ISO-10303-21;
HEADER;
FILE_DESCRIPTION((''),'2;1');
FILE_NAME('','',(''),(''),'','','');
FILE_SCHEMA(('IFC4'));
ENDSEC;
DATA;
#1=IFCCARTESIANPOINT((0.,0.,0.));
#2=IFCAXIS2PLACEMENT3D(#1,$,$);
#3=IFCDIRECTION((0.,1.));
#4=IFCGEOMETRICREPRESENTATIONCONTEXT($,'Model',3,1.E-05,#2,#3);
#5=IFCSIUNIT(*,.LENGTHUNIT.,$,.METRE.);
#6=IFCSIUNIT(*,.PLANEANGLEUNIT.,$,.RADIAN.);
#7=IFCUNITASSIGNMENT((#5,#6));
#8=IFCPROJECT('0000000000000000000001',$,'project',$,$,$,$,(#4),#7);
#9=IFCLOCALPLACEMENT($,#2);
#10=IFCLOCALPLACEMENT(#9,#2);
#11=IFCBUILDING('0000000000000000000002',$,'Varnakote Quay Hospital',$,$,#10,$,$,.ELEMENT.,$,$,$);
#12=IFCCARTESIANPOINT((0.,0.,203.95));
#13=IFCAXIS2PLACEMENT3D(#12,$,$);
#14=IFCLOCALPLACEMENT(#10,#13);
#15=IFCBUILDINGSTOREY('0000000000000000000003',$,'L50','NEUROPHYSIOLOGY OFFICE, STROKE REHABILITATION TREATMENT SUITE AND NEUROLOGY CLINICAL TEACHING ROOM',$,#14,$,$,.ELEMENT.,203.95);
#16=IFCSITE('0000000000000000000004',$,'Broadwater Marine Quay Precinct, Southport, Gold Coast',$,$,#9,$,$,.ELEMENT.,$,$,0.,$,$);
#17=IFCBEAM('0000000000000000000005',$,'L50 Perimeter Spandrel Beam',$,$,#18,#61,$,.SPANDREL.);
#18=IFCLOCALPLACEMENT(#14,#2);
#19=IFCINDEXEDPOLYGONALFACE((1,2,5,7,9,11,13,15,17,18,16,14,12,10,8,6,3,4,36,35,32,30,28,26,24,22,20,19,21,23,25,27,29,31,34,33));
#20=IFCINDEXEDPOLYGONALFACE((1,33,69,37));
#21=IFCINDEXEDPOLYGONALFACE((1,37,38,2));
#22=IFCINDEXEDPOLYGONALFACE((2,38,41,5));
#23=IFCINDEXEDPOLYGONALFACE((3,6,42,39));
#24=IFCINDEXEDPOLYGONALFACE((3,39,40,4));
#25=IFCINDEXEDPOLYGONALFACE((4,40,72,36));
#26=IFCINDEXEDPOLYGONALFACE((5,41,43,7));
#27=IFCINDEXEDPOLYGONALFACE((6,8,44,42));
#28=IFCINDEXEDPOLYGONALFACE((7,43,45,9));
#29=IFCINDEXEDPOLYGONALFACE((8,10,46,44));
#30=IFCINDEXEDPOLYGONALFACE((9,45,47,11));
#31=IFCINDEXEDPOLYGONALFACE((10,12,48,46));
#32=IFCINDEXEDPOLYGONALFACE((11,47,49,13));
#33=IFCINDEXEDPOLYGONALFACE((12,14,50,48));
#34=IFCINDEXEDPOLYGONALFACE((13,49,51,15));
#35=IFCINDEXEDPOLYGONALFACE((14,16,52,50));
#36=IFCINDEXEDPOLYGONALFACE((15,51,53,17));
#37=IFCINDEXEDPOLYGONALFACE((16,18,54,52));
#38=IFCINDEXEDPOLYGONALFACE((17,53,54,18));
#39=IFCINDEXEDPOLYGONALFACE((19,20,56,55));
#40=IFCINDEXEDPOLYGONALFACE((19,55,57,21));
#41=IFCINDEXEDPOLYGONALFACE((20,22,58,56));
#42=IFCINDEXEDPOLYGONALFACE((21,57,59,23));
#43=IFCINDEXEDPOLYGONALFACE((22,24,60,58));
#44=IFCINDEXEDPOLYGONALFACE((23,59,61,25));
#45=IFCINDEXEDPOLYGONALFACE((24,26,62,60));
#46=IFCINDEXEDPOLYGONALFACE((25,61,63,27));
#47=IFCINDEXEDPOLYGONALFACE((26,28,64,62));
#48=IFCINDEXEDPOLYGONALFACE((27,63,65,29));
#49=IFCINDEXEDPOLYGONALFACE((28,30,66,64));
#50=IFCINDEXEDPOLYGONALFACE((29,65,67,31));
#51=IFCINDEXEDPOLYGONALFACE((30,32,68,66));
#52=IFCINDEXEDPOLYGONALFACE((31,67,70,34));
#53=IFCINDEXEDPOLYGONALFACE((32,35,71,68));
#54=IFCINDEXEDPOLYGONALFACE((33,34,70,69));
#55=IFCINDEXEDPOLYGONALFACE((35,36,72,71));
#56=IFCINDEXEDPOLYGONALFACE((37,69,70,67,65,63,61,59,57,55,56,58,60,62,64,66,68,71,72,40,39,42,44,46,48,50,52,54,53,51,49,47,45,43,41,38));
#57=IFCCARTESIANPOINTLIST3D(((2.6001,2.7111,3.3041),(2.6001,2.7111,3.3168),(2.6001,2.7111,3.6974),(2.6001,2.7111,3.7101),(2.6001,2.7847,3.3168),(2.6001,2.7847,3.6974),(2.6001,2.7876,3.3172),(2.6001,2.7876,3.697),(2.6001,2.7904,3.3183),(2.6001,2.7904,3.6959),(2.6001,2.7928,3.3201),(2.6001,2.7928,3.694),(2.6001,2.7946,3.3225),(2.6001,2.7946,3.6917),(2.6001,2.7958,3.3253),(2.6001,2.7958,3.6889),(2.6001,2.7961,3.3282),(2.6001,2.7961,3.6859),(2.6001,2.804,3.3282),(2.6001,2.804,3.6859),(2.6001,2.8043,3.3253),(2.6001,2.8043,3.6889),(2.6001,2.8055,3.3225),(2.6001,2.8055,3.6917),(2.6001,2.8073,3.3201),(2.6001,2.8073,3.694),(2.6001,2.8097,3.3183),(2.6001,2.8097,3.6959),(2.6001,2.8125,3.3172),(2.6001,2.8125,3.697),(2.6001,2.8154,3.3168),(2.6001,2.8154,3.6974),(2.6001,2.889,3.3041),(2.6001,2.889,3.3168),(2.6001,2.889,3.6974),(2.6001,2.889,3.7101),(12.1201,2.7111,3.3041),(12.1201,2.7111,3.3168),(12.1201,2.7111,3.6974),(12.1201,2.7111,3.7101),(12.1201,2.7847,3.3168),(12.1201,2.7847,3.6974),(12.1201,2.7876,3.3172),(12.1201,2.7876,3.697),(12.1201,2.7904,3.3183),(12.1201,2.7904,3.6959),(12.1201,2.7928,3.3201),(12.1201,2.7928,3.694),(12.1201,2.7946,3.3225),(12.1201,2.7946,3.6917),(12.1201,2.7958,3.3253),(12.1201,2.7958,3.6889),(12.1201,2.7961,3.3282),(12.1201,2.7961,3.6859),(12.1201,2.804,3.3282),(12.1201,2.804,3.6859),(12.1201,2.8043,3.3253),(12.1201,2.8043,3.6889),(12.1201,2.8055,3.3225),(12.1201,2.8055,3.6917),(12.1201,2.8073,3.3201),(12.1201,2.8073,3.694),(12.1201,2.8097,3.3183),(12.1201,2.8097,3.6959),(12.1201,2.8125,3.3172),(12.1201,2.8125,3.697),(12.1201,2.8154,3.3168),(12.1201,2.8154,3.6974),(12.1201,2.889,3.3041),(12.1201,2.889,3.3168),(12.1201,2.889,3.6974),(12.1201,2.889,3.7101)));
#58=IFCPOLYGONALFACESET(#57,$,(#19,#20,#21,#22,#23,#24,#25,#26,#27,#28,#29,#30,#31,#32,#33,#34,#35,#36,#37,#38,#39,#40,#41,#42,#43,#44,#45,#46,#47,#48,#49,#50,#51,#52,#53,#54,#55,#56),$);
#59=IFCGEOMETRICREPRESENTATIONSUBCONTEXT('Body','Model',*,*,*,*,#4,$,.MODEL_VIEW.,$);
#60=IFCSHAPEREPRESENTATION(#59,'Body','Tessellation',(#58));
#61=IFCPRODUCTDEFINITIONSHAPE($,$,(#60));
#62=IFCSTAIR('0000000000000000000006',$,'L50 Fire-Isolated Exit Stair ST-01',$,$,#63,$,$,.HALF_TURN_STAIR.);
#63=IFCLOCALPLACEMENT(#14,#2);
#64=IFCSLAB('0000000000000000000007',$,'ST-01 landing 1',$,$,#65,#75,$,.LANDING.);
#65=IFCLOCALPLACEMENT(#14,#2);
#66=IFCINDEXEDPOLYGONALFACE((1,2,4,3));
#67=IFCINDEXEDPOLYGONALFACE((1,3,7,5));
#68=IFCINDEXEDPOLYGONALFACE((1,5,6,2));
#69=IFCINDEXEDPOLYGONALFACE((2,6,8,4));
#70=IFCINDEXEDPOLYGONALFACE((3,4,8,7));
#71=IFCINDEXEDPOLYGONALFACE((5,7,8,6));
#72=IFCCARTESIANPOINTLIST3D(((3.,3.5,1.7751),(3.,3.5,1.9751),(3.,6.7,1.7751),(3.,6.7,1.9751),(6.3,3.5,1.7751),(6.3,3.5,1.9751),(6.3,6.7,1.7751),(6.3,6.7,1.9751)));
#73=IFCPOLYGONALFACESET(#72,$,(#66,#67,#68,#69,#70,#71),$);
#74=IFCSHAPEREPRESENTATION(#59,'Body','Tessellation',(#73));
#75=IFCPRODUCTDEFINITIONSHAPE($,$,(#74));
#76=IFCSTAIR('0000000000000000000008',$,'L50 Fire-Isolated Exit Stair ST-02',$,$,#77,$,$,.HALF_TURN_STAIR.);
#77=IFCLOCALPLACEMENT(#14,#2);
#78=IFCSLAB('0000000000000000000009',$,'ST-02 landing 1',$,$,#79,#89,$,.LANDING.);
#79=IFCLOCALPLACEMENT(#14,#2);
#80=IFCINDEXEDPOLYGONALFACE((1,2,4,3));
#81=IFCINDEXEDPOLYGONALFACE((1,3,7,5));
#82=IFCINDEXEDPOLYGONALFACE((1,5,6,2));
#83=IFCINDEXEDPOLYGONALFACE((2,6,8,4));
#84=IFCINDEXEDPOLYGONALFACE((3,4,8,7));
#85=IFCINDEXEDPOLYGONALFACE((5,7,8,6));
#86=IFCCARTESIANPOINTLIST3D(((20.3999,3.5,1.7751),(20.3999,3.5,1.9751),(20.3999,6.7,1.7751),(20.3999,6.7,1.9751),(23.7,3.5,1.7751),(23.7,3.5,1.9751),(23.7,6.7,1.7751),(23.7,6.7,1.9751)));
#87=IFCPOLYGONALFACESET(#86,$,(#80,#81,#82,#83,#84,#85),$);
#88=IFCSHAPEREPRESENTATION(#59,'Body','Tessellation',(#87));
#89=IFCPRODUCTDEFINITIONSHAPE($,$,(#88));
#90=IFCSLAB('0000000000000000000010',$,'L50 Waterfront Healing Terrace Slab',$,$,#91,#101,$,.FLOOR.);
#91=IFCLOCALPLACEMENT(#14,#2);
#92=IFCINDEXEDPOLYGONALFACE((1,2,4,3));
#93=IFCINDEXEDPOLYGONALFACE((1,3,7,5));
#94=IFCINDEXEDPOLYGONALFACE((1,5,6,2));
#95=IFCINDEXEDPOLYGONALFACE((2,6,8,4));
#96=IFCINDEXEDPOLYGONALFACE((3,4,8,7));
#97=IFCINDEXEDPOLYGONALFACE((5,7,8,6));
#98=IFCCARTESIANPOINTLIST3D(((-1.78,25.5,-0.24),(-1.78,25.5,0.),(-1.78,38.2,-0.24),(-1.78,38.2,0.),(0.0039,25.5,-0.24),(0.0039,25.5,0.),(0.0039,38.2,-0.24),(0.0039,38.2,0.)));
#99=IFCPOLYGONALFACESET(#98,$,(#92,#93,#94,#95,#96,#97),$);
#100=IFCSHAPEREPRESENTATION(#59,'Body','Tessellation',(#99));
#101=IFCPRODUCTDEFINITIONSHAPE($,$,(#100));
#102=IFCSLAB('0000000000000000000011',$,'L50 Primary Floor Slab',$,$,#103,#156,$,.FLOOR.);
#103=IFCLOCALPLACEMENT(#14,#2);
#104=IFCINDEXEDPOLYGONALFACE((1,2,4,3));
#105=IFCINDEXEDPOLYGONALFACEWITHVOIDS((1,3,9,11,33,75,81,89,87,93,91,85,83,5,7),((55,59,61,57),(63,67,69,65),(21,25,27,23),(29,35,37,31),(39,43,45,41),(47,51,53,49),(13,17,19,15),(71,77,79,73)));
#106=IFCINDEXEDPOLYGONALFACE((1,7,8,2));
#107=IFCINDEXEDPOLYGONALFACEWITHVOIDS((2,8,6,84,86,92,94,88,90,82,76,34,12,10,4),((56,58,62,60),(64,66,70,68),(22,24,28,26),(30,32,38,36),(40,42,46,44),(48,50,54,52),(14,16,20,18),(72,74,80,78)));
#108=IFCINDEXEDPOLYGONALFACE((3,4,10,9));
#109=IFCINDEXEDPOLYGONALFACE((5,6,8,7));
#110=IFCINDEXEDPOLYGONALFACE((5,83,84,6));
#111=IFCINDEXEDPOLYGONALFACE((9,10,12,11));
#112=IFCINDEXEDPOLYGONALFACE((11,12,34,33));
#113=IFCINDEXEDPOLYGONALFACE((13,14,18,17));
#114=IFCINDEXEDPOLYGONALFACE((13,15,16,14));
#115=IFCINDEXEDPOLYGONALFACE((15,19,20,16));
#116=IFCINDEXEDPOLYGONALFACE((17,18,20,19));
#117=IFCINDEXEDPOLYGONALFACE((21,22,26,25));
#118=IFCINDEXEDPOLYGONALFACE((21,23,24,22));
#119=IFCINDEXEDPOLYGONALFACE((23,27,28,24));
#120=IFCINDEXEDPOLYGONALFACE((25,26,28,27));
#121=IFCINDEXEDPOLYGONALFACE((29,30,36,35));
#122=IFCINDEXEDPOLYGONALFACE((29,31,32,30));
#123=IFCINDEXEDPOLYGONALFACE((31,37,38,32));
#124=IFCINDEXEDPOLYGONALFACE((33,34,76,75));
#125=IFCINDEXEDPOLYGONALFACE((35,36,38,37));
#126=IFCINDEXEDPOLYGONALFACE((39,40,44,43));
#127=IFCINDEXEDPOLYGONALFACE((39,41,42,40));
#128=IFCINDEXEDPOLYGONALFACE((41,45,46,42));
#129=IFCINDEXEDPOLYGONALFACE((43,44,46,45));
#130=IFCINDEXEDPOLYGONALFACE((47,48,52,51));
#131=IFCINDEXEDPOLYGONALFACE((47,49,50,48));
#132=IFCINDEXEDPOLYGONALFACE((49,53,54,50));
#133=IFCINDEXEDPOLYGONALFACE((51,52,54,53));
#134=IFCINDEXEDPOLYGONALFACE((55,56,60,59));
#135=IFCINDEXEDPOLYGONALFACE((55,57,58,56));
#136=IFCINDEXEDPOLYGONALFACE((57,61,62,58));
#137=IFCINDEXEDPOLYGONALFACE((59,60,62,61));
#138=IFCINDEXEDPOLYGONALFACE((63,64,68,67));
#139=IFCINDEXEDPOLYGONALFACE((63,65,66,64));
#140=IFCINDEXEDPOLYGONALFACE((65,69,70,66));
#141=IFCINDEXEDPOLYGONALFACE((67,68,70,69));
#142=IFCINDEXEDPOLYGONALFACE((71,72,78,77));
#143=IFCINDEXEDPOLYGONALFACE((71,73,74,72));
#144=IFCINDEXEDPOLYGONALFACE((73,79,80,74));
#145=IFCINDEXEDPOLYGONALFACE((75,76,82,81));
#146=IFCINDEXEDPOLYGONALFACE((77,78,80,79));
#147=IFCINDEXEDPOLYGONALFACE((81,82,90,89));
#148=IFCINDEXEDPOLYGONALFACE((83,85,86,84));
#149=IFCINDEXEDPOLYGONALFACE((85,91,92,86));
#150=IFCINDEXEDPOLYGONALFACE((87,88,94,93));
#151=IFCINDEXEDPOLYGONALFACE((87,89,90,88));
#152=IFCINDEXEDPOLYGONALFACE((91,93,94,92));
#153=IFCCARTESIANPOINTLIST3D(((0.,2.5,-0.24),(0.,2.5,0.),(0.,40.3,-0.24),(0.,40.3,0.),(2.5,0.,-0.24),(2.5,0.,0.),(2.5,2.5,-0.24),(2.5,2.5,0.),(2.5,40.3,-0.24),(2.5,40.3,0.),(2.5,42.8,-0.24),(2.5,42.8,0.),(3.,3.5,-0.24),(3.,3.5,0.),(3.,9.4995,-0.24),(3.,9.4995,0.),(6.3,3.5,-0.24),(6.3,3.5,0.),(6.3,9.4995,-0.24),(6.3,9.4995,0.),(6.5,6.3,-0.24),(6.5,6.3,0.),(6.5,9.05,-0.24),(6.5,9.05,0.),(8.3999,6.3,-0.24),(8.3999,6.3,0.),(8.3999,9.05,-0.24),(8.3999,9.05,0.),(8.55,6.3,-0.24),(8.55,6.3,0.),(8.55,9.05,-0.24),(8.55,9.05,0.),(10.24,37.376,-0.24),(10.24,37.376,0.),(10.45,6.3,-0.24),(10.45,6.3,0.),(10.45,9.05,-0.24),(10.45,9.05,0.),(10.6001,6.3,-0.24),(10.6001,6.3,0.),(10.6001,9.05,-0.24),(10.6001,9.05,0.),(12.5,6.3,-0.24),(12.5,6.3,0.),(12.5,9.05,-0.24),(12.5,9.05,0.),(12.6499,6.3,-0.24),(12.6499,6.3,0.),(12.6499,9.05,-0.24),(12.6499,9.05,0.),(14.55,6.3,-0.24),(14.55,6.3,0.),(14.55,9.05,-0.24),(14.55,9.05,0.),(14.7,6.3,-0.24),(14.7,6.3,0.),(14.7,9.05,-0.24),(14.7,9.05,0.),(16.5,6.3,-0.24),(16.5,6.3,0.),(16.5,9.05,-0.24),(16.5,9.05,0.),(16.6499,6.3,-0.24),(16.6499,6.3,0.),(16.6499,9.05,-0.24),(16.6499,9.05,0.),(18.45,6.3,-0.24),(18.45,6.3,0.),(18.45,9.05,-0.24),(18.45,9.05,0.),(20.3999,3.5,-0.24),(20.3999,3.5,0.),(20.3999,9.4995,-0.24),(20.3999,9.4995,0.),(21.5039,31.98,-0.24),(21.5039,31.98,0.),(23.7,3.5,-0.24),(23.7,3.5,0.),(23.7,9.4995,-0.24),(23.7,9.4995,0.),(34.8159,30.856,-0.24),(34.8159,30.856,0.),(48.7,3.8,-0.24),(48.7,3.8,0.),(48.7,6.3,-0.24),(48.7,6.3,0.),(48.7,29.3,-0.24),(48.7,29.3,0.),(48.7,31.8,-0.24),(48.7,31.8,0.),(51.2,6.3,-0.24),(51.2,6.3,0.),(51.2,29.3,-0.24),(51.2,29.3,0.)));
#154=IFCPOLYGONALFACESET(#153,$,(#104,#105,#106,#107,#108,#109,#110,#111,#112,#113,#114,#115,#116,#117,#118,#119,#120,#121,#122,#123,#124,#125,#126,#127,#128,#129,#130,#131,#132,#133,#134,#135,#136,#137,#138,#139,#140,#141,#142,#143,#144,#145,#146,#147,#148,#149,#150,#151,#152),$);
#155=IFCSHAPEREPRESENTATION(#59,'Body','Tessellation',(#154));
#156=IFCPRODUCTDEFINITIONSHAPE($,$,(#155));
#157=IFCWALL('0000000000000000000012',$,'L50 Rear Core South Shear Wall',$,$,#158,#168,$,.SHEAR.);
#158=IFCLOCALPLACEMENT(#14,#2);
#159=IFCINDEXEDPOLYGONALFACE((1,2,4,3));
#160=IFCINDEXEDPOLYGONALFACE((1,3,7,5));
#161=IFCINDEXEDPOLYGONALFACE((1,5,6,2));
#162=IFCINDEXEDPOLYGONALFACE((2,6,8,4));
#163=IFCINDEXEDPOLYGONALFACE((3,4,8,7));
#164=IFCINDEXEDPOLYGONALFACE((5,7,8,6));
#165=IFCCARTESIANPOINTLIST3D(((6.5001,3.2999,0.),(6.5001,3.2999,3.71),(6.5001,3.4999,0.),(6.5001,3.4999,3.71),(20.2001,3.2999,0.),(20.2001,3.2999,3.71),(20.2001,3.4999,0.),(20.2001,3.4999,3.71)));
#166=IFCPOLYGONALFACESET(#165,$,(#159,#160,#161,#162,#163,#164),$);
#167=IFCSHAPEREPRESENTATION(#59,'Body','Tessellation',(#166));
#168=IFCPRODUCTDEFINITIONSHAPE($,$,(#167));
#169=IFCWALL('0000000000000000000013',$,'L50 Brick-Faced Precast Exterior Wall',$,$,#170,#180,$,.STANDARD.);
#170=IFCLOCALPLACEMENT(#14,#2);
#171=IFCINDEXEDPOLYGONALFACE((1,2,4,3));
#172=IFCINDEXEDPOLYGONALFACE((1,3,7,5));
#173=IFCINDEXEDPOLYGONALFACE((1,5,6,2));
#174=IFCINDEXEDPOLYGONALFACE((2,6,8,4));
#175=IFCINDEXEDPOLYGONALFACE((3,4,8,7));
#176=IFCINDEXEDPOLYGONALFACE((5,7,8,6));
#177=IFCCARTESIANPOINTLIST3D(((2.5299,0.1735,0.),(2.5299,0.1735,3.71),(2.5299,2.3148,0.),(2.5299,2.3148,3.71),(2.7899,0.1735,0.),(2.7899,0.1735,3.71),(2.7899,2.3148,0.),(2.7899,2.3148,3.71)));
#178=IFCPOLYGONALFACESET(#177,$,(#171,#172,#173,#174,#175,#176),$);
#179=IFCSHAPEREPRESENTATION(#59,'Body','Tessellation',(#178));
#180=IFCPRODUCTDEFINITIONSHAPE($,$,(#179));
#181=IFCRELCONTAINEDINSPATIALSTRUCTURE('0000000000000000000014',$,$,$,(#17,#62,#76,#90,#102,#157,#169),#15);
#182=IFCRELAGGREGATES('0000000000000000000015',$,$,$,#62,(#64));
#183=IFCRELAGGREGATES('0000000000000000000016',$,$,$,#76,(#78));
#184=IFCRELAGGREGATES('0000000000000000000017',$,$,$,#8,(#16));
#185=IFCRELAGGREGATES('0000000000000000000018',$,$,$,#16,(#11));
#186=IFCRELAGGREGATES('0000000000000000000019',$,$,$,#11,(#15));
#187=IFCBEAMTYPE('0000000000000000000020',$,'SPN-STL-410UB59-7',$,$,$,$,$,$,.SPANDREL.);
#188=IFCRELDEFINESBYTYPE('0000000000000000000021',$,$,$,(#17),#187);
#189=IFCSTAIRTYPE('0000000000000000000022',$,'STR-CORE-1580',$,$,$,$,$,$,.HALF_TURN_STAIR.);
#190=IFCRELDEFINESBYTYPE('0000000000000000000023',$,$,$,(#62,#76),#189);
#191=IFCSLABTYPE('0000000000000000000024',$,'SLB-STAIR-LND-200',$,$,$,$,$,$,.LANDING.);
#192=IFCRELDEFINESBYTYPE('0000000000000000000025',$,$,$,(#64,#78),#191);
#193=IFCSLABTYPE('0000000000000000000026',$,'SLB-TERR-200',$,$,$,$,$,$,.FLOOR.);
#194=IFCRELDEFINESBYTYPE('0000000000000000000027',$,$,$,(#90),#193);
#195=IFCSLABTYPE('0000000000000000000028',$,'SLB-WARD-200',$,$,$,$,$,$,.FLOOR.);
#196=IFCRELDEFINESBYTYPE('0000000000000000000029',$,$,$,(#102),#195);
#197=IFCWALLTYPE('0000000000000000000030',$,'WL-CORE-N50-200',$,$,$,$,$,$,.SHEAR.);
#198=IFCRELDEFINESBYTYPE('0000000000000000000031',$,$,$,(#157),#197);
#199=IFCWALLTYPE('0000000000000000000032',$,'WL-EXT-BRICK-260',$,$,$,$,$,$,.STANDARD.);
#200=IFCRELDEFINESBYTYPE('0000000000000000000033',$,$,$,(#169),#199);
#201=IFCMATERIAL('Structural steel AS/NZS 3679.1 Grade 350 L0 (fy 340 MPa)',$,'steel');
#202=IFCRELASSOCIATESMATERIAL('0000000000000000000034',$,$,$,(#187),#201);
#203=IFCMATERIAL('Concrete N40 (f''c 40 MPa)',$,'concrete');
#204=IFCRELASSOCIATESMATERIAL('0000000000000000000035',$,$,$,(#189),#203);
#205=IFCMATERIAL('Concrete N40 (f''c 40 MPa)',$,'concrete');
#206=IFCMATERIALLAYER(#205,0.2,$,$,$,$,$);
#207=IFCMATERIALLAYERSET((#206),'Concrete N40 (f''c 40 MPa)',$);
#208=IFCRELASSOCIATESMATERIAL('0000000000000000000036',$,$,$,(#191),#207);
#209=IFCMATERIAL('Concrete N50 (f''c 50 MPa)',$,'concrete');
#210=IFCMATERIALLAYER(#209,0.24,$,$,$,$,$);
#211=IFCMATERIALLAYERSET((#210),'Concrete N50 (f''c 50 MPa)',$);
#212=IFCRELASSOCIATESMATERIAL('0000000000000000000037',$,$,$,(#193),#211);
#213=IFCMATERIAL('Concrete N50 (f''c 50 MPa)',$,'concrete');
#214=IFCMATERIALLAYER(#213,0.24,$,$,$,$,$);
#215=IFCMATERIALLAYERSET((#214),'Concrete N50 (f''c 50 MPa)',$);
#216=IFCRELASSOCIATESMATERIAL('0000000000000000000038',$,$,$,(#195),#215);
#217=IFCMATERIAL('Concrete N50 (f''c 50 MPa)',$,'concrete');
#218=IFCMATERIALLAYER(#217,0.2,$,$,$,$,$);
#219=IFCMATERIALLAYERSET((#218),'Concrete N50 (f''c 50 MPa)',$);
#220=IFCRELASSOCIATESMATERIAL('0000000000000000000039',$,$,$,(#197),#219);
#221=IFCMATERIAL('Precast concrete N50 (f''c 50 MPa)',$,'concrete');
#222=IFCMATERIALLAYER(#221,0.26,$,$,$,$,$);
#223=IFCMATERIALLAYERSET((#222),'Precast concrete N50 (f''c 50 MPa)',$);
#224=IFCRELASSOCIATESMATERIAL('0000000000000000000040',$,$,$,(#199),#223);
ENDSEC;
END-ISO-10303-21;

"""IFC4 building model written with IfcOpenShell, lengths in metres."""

from ifc_helpers import new_model, si_unit, direction, frame, frame_2d, origin, origin_2d, place, context, subcontext, project, spatial, polyline, rectangle, i_section, outline, extrude, material, layer, layer_set, material_profile, profile_set, type_object, element, aggregate, save


model = new_model("IFC4")

# Units and contexts
model_context = context("Model", 3, precision=1e-05, world=origin(), true_north=direction((0.0, 1.0)))
body_context = subcontext(model_context, "Body", "Model", "MODEL_VIEW")
ifc_project = project(units=[si_unit("LENGTHUNIT", "METRE"), si_unit("PLANEANGLEUNIT", "RADIAN")], contexts=[model_context])

# Site, building, storey
site_placement = place(None, origin())
site = spatial("IfcSite", under=ifc_project, at=site_placement, Name="Broadwater Marine Quay Precinct, Southport, Gold Coast", CompositionType="ELEMENT", RefElevation=0.0)
building_placement = place(site_placement, origin())
building = spatial("IfcBuilding", under=site, at=building_placement, Name="Varnakote Quay Hospital", CompositionType="ELEMENT")
storey_placement = place(building_placement, frame((0.0, 0.0, 203.95)))
storey = spatial("IfcBuildingStorey", under=building, at=storey_placement, Name="L50", Description="NEUROPHYSIOLOGY OFFICE, STROKE REHABILITATION TREATMENT SUITE AND NEUROLOGY CLINICAL TEACHING ROOM", CompositionType="ELEMENT", Elevation=203.95)

# Beam
ifc_material_1 = material(Name="Structural steel AS/NZS 3679.1 Grade 350 L0 (fy 340 MPa)", Category="steel")
ifc_material_profile_1 = material_profile(ifc_material_1, i_section(OverallWidth=0.178, OverallDepth=0.406, WebThickness=0.0078, FlangeThickness=0.0127, FilletRadius=0.0115, at=origin_2d()), Name="410UB59.7")
ifc_profile_set_1 = profile_set([ifc_material_profile_1], Name="Structural steel AS/NZS 3679.1 Grade 350 L0 (fy 340 MPa)")
beam_type_1 = type_object("IfcBeamType", Name="SPN-STL-410UB59-7", PredefinedType="SPANDREL", material=ifc_profile_set_1)
beam_1_placement = place(storey_placement, frame((2.6001, 2.8, 3.5071), z_axis=(1.0, 0.0, 0.0), x_axis=(0.0, 1.0, 0.0)))
element("IfcBeam", 1, at=beam_1_placement, inside=storey, type_object=beam_type_1, Name="L50 Perimeter Spandrel Beam", PredefinedType="SPANDREL", context=body_context, shape_type="SweptSolid", body=[
    extrude(i_section(OverallWidth=0.178, OverallDepth=0.406, WebThickness=0.0078, FlangeThickness=0.0127, FilletRadius=0.0115, at=origin_2d()), origin(), (0.0, 0.0, 1.0), 9.52),
])

# Stairs, slabs
ifc_material_2 = material(Name="Concrete N40 (f'c 40 MPa)", Category="concrete")
stair_type = type_object("IfcStairType", Name="STR-CORE-1580", PredefinedType="HALF_TURN_STAIR", material=ifc_material_2)
stair_1_placement = place(storey_placement, origin())
stair_1 = element("IfcStair", 2, at=stair_1_placement, inside=storey, type_object=stair_type, Name="L50 Fire-Isolated Exit Stair ST-01", PredefinedType="HALF_TURN_STAIR")
ifc_material_3 = material(Name="Concrete N40 (f'c 40 MPa)", Category="concrete")
ifc_layer_1 = layer(ifc_material_3, 0.2)
ifc_layer_set_1 = layer_set([ifc_layer_1], Name="Concrete N40 (f'c 40 MPa)")
slab_type_1 = type_object("IfcSlabType", Name="SLB-STAIR-LND-200", PredefinedType="LANDING", material=ifc_layer_set_1)
slab_1_placement = place(storey_placement, frame((0.0, 0.0, 1.7751)))
slab_1 = element("IfcSlab", 3, at=slab_1_placement, type_object=slab_type_1, Name="ST-01 landing 1", PredefinedType="LANDING", context=body_context, shape_type="SweptSolid", body=[
    extrude(outline(polyline([(3.0, 6.7), (3.0, 3.5), (6.3, 3.5), (6.3, 6.7), (3.0, 6.7)])), origin(), (0.0, 0.0, 1.0), 0.2),
])
aggregate(stair_1, [slab_1])
stair_2_placement = place(storey_placement, origin())
stair_2 = element("IfcStair", 4, at=stair_2_placement, inside=storey, type_object=stair_type, Name="L50 Fire-Isolated Exit Stair ST-02", PredefinedType="HALF_TURN_STAIR")
slab_2_placement = place(storey_placement, frame((0.0, 0.0, 1.7751)))
slab_2 = element("IfcSlab", 5, at=slab_2_placement, type_object=slab_type_1, Name="ST-02 landing 1", PredefinedType="LANDING", context=body_context, shape_type="SweptSolid", body=[
    extrude(outline(polyline([(20.3999, 6.7), (20.3999, 3.5), (23.7, 3.5), (23.7, 6.7), (20.3999, 6.7)])), origin(), (0.0, 0.0, 1.0), 0.2),
])
aggregate(stair_2, [slab_2])

# Slabs
ifc_material_4 = material(Name="Concrete N50 (f'c 50 MPa)", Category="concrete")
ifc_layer_2 = layer(ifc_material_4, 0.24)
ifc_layer_set_2 = layer_set([ifc_layer_2], Name="Concrete N50 (f'c 50 MPa)")
slab_type_2 = type_object("IfcSlabType", Name="SLB-TERR-200", PredefinedType="FLOOR", material=ifc_layer_set_2)
slab_3_placement = place(storey_placement, frame((0.0, 0.0, -0.24)))
element("IfcSlab", 6, at=slab_3_placement, inside=storey, type_object=slab_type_2, Name="L50 Waterfront Healing Terrace Slab", PredefinedType="FLOOR", context=body_context, shape_type="SweptSolid", body=[
    extrude(outline(polyline([(0.0039, 25.5), (0.0039, 38.2), (-1.78, 38.2), (-1.78, 25.5), (0.0039, 25.5)])), origin(), (0.0, 0.0, 1.0), 0.24),
])
ifc_material_5 = material(Name="Concrete N50 (f'c 50 MPa)", Category="concrete")
ifc_layer_3 = layer(ifc_material_5, 0.24)
ifc_layer_set_3 = layer_set([ifc_layer_3], Name="Concrete N50 (f'c 50 MPa)")
slab_type_3 = type_object("IfcSlabType", Name="SLB-WARD-200", PredefinedType="FLOOR", material=ifc_layer_set_3)
slab_4_placement = place(storey_placement, frame((0.0, 0.0, -0.24)))
element("IfcSlab", 7, at=slab_4_placement, inside=storey, type_object=slab_type_3, Name="L50 Primary Floor Slab", PredefinedType="FLOOR", context=body_context, shape_type="SweptSolid", body=[
    extrude(outline(polyline([(0.0, 2.5), (2.5, 2.5), (2.5, 0.0), (48.7, 3.8), (48.7, 6.3), (51.2, 6.3), (51.2, 29.3), (48.7, 29.3), (48.7, 31.8), (34.8159, 30.856), (21.5039, 31.98), (10.24, 37.376), (2.5, 42.8), (2.5, 40.3), (0.0, 40.3), (0.0, 2.5)]), holes=[polyline([(3.0, 3.5), (6.3, 3.5), (6.3, 9.4995), (3.0, 9.4995), (3.0, 3.5)]), polyline([(20.3999, 3.5), (23.7, 3.5), (23.7, 9.4995), (20.3999, 9.4995), (20.3999, 3.5)]), polyline([(6.5, 6.3), (8.3999, 6.3), (8.3999, 9.05), (6.5, 9.05), (6.5, 6.3)]), polyline([(8.55, 6.3), (10.45, 6.3), (10.45, 9.05), (8.55, 9.05), (8.55, 6.3)]), polyline([(10.6001, 6.3), (12.5, 6.3), (12.5, 9.05), (10.6001, 9.05), (10.6001, 6.3)]), polyline([(12.6499, 6.3), (14.55, 6.3), (14.55, 9.05), (12.6499, 9.05), (12.6499, 6.3)]), polyline([(14.7, 6.3), (16.5, 6.3), (16.5, 9.05), (14.7, 9.05), (14.7, 6.3)]), polyline([(16.6499, 6.3), (18.45, 6.3), (18.45, 9.05), (16.6499, 9.05), (16.6499, 6.3)])]), origin(), (0.0, 0.0, 1.0), 0.24),
])

# Walls
ifc_material_6 = material(Name="Concrete N50 (f'c 50 MPa)", Category="concrete")
ifc_layer_4 = layer(ifc_material_6, 0.2)
ifc_layer_set_4 = layer_set([ifc_layer_4], Name="Concrete N50 (f'c 50 MPa)")
wall_type_1 = type_object("IfcWallType", Name="WL-CORE-N50-200", PredefinedType="SHEAR", material=ifc_layer_set_4)
wall_1_placement = place(storey_placement, frame((6.5, 3.3999, 0.0), z_axis=(0.0, 0.0, 1.0), x_axis=(1.0, 0.0, 0.0)))
element("IfcWall", 8, at=wall_1_placement, inside=storey, type_object=wall_type_1, Name="L50 Rear Core South Shear Wall", PredefinedType="SHEAR", context=body_context, shape_type="SweptSolid", body=[
    extrude(rectangle(XDim=13.7, YDim=0.2, at=frame_2d((6.8501, 0.0))), origin(), (0.0, 0.0, 1.0), 3.71),
])
ifc_material_7 = material(Name="Precast concrete N50 (f'c 50 MPa)", Category="concrete")
ifc_layer_5 = layer(ifc_material_7, 0.26)
ifc_layer_set_5 = layer_set([ifc_layer_5], Name="Precast concrete N50 (f'c 50 MPa)")
wall_type_2 = type_object("IfcWallType", Name="WL-EXT-BRICK-260", PredefinedType="STANDARD", material=ifc_layer_set_5)
wall_2_placement = place(storey_placement, frame((2.6599, 2.3149, 0.0), z_axis=(0.0, 0.0, 1.0), x_axis=(0.0, -1.0, 0.0)))
element("IfcWall", 9, at=wall_2_placement, inside=storey, type_object=wall_type_2, Name="L50 Brick-Faced Precast Exterior Wall", PredefinedType="STANDARD", context=body_context, shape_type="SweptSolid", body=[
    extrude(rectangle(XDim=2.1414, YDim=0.26, at=frame_2d((1.0708, 0.0))), origin(), (0.0, 0.0, 1.0), 3.71),
])

save(model, "model.ifc")
